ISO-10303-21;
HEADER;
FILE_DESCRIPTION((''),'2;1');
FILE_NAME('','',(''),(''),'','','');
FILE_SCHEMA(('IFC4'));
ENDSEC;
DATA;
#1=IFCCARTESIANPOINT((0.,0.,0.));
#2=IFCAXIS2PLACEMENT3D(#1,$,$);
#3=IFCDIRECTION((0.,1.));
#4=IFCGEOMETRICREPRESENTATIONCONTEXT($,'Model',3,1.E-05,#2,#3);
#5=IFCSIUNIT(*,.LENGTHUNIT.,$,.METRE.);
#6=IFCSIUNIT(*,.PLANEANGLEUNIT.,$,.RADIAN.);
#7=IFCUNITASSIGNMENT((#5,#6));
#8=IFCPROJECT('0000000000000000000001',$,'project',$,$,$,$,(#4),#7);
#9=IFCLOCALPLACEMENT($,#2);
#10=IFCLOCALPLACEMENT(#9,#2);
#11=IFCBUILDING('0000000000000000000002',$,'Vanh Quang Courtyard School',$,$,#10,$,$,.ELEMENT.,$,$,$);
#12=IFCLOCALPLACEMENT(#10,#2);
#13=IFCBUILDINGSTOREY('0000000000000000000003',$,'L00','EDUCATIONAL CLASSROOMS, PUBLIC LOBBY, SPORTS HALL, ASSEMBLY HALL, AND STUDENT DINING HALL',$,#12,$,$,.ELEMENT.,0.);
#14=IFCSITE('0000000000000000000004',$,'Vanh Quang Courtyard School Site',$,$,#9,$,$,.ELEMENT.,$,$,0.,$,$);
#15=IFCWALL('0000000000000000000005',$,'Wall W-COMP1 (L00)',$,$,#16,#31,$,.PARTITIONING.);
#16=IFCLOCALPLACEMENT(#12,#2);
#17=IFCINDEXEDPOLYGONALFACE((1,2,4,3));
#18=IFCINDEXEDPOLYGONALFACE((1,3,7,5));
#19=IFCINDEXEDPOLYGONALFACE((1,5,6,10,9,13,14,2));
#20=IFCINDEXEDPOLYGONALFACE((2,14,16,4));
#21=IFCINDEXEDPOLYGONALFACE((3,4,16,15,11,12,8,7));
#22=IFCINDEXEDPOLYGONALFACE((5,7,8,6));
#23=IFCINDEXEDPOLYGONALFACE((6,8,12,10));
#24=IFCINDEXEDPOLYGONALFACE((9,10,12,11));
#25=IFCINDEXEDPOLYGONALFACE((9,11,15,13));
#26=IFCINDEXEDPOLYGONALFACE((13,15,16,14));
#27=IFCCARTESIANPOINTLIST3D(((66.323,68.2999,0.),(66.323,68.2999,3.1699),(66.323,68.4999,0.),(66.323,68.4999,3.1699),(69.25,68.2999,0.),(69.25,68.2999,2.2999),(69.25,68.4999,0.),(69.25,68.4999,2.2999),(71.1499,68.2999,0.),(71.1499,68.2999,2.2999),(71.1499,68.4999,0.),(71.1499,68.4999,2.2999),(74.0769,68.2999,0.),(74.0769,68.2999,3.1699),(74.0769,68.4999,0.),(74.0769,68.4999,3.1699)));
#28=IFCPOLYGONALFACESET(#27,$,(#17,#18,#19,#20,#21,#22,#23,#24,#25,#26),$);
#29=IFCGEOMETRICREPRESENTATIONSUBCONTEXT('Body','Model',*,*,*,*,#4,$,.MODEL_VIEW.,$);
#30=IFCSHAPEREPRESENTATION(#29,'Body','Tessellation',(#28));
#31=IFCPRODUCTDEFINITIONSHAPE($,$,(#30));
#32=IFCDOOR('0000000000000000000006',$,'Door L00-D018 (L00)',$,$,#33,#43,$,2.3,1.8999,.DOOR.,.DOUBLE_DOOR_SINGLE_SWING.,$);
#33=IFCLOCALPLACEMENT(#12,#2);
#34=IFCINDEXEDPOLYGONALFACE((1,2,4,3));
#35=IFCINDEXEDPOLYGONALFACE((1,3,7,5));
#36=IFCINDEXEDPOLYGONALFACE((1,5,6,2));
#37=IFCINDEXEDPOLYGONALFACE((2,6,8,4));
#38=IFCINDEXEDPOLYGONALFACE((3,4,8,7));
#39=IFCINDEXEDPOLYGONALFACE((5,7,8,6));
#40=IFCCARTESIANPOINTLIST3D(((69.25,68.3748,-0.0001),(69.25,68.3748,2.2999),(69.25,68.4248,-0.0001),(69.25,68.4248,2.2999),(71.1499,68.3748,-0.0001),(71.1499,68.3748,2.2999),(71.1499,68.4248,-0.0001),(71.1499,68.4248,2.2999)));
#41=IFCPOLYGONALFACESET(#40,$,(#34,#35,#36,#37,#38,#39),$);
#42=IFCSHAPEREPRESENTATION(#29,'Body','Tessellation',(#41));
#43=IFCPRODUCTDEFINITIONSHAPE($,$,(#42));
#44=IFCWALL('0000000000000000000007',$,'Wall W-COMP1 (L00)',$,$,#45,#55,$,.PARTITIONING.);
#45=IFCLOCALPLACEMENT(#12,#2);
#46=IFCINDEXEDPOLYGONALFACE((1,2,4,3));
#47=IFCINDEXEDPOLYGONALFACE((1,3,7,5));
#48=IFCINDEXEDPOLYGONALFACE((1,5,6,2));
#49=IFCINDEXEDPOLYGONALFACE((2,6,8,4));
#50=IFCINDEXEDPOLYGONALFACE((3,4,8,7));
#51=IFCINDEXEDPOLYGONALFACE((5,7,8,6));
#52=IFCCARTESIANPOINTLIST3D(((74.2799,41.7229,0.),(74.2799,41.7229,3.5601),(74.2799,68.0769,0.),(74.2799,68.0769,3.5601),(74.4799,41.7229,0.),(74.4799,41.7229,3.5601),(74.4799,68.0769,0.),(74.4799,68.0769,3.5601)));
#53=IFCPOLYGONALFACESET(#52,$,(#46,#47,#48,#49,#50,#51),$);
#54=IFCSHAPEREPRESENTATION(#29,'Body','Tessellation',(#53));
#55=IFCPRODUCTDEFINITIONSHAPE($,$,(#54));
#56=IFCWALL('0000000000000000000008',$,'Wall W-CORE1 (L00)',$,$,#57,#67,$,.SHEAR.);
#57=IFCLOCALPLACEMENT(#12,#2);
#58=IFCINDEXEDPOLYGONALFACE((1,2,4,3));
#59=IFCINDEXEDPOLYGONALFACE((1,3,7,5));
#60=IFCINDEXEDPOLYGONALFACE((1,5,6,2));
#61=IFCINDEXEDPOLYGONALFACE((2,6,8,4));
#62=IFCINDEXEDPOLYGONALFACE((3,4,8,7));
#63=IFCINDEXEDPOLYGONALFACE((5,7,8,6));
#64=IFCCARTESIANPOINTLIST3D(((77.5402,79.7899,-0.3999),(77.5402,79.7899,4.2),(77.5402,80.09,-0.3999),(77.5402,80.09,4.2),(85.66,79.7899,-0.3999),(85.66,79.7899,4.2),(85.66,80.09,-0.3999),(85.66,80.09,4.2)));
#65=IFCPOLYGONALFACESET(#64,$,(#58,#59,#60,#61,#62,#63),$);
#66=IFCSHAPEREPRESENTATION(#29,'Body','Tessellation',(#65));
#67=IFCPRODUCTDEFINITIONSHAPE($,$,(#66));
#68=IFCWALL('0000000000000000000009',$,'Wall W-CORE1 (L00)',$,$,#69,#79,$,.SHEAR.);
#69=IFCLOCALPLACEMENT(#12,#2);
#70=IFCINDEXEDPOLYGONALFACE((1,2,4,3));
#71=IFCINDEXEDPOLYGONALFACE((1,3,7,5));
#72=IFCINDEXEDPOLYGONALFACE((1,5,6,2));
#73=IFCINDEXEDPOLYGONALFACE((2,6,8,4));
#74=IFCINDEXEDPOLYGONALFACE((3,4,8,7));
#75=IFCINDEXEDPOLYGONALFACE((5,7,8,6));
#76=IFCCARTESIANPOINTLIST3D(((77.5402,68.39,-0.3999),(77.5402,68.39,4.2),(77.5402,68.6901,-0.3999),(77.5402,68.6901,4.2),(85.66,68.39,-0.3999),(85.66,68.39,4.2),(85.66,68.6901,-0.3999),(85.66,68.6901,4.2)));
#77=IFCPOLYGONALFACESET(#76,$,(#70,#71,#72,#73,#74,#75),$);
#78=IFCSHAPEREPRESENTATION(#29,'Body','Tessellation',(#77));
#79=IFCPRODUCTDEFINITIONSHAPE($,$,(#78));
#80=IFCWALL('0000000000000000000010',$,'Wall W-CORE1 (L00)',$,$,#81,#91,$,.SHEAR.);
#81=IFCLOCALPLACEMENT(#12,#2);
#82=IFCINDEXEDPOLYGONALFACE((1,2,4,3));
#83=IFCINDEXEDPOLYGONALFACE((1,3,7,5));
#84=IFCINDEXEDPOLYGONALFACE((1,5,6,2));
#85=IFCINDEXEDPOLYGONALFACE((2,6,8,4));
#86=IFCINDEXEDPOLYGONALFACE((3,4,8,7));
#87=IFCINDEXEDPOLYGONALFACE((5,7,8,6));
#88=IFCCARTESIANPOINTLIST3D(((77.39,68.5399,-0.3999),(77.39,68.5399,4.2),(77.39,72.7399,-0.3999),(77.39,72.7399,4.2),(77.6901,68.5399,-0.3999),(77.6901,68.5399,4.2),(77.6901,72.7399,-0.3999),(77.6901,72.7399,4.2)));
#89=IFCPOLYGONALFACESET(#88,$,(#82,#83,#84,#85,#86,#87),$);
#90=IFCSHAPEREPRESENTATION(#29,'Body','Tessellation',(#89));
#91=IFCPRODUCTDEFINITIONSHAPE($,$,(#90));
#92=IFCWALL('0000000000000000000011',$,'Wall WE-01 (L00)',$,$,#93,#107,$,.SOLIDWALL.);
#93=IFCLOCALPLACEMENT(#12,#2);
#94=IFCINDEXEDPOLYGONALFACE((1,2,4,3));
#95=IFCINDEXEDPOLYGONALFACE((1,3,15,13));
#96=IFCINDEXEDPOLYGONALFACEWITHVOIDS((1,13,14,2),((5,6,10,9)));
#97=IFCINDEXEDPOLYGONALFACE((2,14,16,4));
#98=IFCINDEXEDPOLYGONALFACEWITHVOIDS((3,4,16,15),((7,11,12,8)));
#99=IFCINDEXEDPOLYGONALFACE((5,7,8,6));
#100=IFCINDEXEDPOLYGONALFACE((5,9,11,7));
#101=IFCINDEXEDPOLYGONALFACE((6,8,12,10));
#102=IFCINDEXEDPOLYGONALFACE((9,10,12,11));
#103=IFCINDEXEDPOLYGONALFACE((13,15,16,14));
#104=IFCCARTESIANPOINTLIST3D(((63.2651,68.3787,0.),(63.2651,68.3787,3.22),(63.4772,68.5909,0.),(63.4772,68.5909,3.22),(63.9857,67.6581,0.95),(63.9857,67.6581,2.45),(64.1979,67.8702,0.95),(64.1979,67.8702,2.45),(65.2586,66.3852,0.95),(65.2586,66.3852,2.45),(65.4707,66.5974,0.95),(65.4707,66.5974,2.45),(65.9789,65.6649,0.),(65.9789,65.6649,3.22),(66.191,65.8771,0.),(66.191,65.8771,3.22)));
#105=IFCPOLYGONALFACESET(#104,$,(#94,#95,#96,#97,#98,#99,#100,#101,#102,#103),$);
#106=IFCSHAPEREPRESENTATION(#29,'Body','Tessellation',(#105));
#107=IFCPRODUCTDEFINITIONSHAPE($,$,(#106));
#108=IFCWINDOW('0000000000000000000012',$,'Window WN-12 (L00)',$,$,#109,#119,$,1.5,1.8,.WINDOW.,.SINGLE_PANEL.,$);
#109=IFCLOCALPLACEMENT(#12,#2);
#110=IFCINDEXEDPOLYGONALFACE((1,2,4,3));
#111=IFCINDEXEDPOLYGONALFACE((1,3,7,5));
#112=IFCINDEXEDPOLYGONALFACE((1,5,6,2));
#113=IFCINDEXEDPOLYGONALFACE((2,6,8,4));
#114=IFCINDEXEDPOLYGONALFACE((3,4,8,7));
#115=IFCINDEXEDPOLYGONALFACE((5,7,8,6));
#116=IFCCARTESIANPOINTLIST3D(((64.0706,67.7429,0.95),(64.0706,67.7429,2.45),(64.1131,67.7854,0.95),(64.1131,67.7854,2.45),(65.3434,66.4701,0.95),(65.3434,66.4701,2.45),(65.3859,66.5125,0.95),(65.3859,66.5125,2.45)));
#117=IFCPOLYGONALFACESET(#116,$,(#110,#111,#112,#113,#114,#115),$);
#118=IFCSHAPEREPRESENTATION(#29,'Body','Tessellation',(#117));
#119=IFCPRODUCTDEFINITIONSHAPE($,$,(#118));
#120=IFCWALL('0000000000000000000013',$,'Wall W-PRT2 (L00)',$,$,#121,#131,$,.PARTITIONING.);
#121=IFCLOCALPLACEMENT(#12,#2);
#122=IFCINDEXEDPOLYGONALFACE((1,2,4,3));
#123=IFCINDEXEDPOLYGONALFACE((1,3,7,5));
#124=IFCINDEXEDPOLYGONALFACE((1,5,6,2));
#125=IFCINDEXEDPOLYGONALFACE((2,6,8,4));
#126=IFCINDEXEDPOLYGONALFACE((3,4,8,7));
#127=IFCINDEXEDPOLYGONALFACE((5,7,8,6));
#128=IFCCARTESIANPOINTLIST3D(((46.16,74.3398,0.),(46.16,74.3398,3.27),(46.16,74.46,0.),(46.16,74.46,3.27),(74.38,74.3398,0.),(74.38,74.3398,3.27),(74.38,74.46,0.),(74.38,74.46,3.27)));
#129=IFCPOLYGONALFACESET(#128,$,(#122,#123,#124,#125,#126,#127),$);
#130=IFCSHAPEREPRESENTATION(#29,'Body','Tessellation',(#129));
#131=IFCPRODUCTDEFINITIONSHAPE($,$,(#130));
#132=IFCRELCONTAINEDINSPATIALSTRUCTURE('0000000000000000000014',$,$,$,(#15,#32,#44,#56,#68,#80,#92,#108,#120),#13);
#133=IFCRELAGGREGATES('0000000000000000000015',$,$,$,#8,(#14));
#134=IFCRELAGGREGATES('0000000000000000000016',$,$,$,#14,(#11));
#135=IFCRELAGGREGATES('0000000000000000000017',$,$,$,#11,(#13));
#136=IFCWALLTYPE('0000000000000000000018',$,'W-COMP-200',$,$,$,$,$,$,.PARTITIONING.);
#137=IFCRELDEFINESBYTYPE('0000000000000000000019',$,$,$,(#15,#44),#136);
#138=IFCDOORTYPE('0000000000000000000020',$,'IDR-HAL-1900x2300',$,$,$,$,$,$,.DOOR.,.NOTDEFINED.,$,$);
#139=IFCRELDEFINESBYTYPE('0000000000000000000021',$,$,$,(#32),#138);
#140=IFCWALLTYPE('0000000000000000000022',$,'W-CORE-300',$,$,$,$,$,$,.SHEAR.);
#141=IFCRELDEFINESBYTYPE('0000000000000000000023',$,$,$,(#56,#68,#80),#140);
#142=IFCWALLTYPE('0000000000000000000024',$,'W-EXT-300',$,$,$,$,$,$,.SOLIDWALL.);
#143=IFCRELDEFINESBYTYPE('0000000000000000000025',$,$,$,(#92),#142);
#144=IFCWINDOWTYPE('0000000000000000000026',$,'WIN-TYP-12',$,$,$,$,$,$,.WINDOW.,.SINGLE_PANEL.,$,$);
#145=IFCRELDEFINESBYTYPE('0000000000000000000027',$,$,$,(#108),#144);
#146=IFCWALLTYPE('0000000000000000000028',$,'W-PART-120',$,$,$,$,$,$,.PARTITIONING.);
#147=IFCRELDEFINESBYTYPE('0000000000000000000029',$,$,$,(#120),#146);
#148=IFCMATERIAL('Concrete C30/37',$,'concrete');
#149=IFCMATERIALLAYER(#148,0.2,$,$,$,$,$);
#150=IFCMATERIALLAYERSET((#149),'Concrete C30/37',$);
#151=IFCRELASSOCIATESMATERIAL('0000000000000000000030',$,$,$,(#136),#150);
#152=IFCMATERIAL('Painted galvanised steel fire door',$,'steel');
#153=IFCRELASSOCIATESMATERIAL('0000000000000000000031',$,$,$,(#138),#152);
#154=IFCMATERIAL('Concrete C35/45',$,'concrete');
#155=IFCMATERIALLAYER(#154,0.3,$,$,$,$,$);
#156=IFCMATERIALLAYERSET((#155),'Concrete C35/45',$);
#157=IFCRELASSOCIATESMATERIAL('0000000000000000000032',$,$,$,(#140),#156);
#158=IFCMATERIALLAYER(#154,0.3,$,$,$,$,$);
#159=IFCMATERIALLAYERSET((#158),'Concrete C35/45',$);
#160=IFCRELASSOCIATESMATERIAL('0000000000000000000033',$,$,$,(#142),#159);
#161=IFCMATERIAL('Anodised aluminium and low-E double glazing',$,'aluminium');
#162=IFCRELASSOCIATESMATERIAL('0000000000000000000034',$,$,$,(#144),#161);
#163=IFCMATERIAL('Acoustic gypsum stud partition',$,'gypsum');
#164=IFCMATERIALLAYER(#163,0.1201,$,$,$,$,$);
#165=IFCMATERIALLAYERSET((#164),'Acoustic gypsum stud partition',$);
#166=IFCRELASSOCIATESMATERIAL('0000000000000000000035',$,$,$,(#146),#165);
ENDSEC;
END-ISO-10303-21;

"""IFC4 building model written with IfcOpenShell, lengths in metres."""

from ifc_helpers import new_model, si_unit, direction, frame, frame_2d, origin, place, context, subcontext, project, spatial, rectangle, extrude, material, layer, layer_set, type_object, element, fill, save


model = new_model("IFC4")

# Units and contexts
model_context = context("Model", 3, precision=1e-05, world=origin(), true_north=direction((0.0, 1.0)))
body_context = subcontext(model_context, "Body", "Model", "MODEL_VIEW")
ifc_project = project(units=[si_unit("LENGTHUNIT", "METRE"), si_unit("PLANEANGLEUNIT", "RADIAN")], contexts=[model_context])

# Site, building, storey
site_placement = place(None, origin())
site = spatial("IfcSite", under=ifc_project, at=site_placement, Name="Vanh Quang Courtyard School Site", CompositionType="ELEMENT", RefElevation=0.0)
building_placement = place(site_placement, origin())
building = spatial("IfcBuilding", under=site, at=building_placement, Name="Vanh Quang Courtyard School", CompositionType="ELEMENT")
storey_placement = place(building_placement, origin())
storey = spatial("IfcBuildingStorey", under=building, at=storey_placement, Name="L00", Description="EDUCATIONAL CLASSROOMS, PUBLIC LOBBY, SPORTS HALL, ASSEMBLY HALL, AND STUDENT DINING HALL", CompositionType="ELEMENT", Elevation=0.0)

# Shared definitions
ifc_material_1 = material(Name="Concrete C35/45", Category="concrete")

# Shared definitions
ifc_material_2 = material(Name="Concrete C30/37", Category="concrete")

# Wall, opening, door
ifc_layer_1 = layer(ifc_material_2, 0.2)
ifc_layer_set_1 = layer_set([ifc_layer_1], Name="Concrete C30/37")
wall_type_1 = type_object("IfcWallType", Name="W-COMP-200", PredefinedType="PARTITIONING", material=ifc_layer_set_1)
ifc_material_3 = material(Name="Painted galvanised steel fire door", Category="steel")
wall_1_placement = place(storey_placement, frame((66.323, 68.3999, 0.0), z_axis=(0.0, 0.0, 1.0), x_axis=(1.0, 0.0, 0.0)))
wall_1 = element("IfcWall", 1, at=wall_1_placement, inside=storey, type_object=wall_type_1, Name="Wall W-COMP1 (L00)", PredefinedType="PARTITIONING", context=body_context, shape_type="SweptSolid", body=[
    extrude(rectangle(XDim=7.7539, YDim=0.2, at=frame_2d((3.877, 0.0))), origin(), (0.0, 0.0, 1.0), 3.1699),
])
opening_1_placement = place(wall_1_placement, frame((2.927, 0.0, 0.0)))
opening_1 = element("IfcOpeningElement", 2, at=opening_1_placement, cuts=wall_1, PredefinedType="OPENING", context=body_context, shape_type="SweptSolid", body=[
    extrude(rectangle(XDim=1.8999, YDim=2.3, at=frame_2d((0.95, 1.1499))), frame((0.0, 0.1099, 0.0), z_axis=(0.0, -1.0, 0.0), x_axis=(1.0, 0.0, 0.0)), (0.0, 0.0, 1.0), 0.22),
])
door_type_1 = type_object("IfcDoorType", Name="IDR-HAL-1900x2300", OperationType="NOTDEFINED", PredefinedType="DOOR", material=ifc_material_3)
door_1_placement = place(opening_1_placement, origin())
door_1 = element("IfcDoor", 3, at=door_1_placement, inside=storey, type_object=door_type_1, Name="Door L00-D018 (L00)", OperationType="DOUBLE_DOOR_SINGLE_SWING", OverallHeight=2.3, OverallWidth=1.8999, PredefinedType="DOOR", context=body_context, shape_type="SweptSolid", body=[
    extrude(rectangle(XDim=1.8999, YDim=2.3, at=frame_2d((0.95, 1.1499))), frame((0.0, 0.0249, 0.0), z_axis=(0.0, -1.0, 0.0), x_axis=(1.0, 0.0, 0.0)), (0.0, 0.0, 1.0), 0.05),
])
fill(opening_1, door_1)

# Walls
wall_2_placement = place(storey_placement, frame((74.3799, 68.0769, 0.0), z_axis=(0.0, 0.0, 1.0), x_axis=(0.0, -1.0, 0.0)))
element("IfcWall", 4, at=wall_2_placement, inside=storey, type_object=wall_type_1, Name="Wall W-COMP1 (L00)", PredefinedType="PARTITIONING", context=body_context, shape_type="SweptSolid", body=[
    extrude(rectangle(XDim=26.354, YDim=0.2, at=frame_2d((13.177, 0.0))), origin(), (0.0, 0.0, 1.0), 3.5601),
])
ifc_layer_2 = layer(ifc_material_1, 0.3)
ifc_layer_set_2 = layer_set([ifc_layer_2], Name="Concrete C35/45")
wall_type_2 = type_object("IfcWallType", Name="W-CORE-300", PredefinedType="SHEAR", material=ifc_layer_set_2)
for number, where, z_axis, x_axis, name in (
    (5, (77.54, 79.9399, -0.3999), (0.0, 0.0, 1.0), (1.0, 0.0, 0.0), "Wall W-CORE1 (L00)"),
    (6, (77.54, 68.54, -0.3999), (0.0, 0.0, 1.0), (1.0, 0.0, 0.0), "Wall W-CORE1 (L00)"),
):
    element("IfcWall", number, at=place(storey_placement, frame(where, z_axis=z_axis, x_axis=x_axis)), inside=storey, type_object=wall_type_2, Name=name, PredefinedType="SHEAR", context=body_context, shape_type="SweptSolid", body=[
        extrude(rectangle(XDim=8.1199, YDim=0.3, at=frame_2d((4.0601, 0.0))), origin(), (0.0, 0.0, 1.0), 4.5999),
    ])
wall_3_placement = place(storey_placement, frame((77.54, 72.74, -0.3999), z_axis=(0.0, 0.0, 1.0), x_axis=(0.0, -1.0, 0.0)))
element("IfcWall", 7, at=wall_3_placement, inside=storey, type_object=wall_type_2, Name="Wall W-CORE1 (L00)", PredefinedType="SHEAR", context=body_context, shape_type="SweptSolid", body=[
    extrude(rectangle(XDim=4.2, YDim=0.3, at=frame_2d((2.1001, 0.0))), origin(), (0.0, 0.0, 1.0), 4.5999),
])

# Wall, opening, window
ifc_layer_3 = layer(ifc_material_1, 0.3)
ifc_layer_set_3 = layer_set([ifc_layer_3], Name="Concrete C35/45")
wall_type_3 = type_object("IfcWallType", Name="W-EXT-300", PredefinedType="SOLIDWALL", material=ifc_layer_set_3)
wall_4_placement = place(storey_placement, frame((66.085, 65.771, 0.0), z_axis=(0.0, 0.0, 1.0), x_axis=(-0.707107, 0.707107, 0.0)))
wall_4 = element("IfcWall", 8, at=wall_4_placement, inside=storey, type_object=wall_type_3, Name="Wall WE-01 (L00)", PredefinedType="SOLIDWALL", context=body_context, shape_type="SweptSolid", body=[
    extrude(rectangle(XDim=3.8379, YDim=0.3, at=frame_2d((1.9189, 0.0))), origin(), (0.0, 0.0, 1.0), 3.22),
])
opening_2_placement = place(wall_4_placement, frame((1.0188, 0.0, 0.95)))
opening_2 = element("IfcOpeningElement", 9, at=opening_2_placement, cuts=wall_4, PredefinedType="OPENING", context=body_context, shape_type="SweptSolid", body=[
    extrude(rectangle(XDim=1.8, YDim=1.5, at=frame_2d((0.8999, 0.75))), frame((0.0, 0.1602, 0.0), z_axis=(0.0, -1.0, 0.0), x_axis=(1.0, 0.0, 0.0)), (0.0, 0.0, 1.0), 0.3201),
])
ifc_material_4 = material(Name="Anodised aluminium and low-E double glazing", Category="aluminium")
window_type = type_object("IfcWindowType", Name="WIN-TYP-12", PartitioningType="SINGLE_PANEL", PredefinedType="WINDOW", material=ifc_material_4)
window_placement = place(opening_2_placement, origin())
window = element("IfcWindow", 10, at=window_placement, inside=storey, type_object=window_type, Name="Window WN-12 (L00)", OverallHeight=1.5, OverallWidth=1.8, PartitioningType="SINGLE_PANEL", PredefinedType="WINDOW", context=body_context, shape_type="SweptSolid", body=[
    extrude(rectangle(XDim=1.8, YDim=1.5, at=frame_2d((0.8999, 0.75))), frame((0.0, 0.03, 0.0), z_axis=(0.0, -1.0, 0.0), x_axis=(1.0, 0.0, 0.0)), (0.0, 0.0, 1.0), 0.0601),
])
fill(opening_2, window)

# Wall
ifc_material_5 = material(Name="Acoustic gypsum stud partition", Category="gypsum")
ifc_layer_4 = layer(ifc_material_5, 0.1201)
ifc_layer_set_4 = layer_set([ifc_layer_4], Name="Acoustic gypsum stud partition")
wall_type_4 = type_object("IfcWallType", Name="W-PART-120", PredefinedType="PARTITIONING", material=ifc_layer_set_4)
wall_5_placement = place(storey_placement, frame((74.3799, 74.3999, 0.0), z_axis=(0.0, 0.0, 1.0), x_axis=(-1.0, 0.0, 0.0)))
element("IfcWall", 11, at=wall_5_placement, inside=storey, type_object=wall_type_4, Name="Wall W-PRT2 (L00)", PredefinedType="PARTITIONING", context=body_context, shape_type="SweptSolid", body=[
    extrude(rectangle(XDim=28.22, YDim=0.1201, at=frame_2d((14.1099, 0.0))), origin(), (0.0, 0.0, 1.0), 3.27),
])

save(model, "model.ifc")
